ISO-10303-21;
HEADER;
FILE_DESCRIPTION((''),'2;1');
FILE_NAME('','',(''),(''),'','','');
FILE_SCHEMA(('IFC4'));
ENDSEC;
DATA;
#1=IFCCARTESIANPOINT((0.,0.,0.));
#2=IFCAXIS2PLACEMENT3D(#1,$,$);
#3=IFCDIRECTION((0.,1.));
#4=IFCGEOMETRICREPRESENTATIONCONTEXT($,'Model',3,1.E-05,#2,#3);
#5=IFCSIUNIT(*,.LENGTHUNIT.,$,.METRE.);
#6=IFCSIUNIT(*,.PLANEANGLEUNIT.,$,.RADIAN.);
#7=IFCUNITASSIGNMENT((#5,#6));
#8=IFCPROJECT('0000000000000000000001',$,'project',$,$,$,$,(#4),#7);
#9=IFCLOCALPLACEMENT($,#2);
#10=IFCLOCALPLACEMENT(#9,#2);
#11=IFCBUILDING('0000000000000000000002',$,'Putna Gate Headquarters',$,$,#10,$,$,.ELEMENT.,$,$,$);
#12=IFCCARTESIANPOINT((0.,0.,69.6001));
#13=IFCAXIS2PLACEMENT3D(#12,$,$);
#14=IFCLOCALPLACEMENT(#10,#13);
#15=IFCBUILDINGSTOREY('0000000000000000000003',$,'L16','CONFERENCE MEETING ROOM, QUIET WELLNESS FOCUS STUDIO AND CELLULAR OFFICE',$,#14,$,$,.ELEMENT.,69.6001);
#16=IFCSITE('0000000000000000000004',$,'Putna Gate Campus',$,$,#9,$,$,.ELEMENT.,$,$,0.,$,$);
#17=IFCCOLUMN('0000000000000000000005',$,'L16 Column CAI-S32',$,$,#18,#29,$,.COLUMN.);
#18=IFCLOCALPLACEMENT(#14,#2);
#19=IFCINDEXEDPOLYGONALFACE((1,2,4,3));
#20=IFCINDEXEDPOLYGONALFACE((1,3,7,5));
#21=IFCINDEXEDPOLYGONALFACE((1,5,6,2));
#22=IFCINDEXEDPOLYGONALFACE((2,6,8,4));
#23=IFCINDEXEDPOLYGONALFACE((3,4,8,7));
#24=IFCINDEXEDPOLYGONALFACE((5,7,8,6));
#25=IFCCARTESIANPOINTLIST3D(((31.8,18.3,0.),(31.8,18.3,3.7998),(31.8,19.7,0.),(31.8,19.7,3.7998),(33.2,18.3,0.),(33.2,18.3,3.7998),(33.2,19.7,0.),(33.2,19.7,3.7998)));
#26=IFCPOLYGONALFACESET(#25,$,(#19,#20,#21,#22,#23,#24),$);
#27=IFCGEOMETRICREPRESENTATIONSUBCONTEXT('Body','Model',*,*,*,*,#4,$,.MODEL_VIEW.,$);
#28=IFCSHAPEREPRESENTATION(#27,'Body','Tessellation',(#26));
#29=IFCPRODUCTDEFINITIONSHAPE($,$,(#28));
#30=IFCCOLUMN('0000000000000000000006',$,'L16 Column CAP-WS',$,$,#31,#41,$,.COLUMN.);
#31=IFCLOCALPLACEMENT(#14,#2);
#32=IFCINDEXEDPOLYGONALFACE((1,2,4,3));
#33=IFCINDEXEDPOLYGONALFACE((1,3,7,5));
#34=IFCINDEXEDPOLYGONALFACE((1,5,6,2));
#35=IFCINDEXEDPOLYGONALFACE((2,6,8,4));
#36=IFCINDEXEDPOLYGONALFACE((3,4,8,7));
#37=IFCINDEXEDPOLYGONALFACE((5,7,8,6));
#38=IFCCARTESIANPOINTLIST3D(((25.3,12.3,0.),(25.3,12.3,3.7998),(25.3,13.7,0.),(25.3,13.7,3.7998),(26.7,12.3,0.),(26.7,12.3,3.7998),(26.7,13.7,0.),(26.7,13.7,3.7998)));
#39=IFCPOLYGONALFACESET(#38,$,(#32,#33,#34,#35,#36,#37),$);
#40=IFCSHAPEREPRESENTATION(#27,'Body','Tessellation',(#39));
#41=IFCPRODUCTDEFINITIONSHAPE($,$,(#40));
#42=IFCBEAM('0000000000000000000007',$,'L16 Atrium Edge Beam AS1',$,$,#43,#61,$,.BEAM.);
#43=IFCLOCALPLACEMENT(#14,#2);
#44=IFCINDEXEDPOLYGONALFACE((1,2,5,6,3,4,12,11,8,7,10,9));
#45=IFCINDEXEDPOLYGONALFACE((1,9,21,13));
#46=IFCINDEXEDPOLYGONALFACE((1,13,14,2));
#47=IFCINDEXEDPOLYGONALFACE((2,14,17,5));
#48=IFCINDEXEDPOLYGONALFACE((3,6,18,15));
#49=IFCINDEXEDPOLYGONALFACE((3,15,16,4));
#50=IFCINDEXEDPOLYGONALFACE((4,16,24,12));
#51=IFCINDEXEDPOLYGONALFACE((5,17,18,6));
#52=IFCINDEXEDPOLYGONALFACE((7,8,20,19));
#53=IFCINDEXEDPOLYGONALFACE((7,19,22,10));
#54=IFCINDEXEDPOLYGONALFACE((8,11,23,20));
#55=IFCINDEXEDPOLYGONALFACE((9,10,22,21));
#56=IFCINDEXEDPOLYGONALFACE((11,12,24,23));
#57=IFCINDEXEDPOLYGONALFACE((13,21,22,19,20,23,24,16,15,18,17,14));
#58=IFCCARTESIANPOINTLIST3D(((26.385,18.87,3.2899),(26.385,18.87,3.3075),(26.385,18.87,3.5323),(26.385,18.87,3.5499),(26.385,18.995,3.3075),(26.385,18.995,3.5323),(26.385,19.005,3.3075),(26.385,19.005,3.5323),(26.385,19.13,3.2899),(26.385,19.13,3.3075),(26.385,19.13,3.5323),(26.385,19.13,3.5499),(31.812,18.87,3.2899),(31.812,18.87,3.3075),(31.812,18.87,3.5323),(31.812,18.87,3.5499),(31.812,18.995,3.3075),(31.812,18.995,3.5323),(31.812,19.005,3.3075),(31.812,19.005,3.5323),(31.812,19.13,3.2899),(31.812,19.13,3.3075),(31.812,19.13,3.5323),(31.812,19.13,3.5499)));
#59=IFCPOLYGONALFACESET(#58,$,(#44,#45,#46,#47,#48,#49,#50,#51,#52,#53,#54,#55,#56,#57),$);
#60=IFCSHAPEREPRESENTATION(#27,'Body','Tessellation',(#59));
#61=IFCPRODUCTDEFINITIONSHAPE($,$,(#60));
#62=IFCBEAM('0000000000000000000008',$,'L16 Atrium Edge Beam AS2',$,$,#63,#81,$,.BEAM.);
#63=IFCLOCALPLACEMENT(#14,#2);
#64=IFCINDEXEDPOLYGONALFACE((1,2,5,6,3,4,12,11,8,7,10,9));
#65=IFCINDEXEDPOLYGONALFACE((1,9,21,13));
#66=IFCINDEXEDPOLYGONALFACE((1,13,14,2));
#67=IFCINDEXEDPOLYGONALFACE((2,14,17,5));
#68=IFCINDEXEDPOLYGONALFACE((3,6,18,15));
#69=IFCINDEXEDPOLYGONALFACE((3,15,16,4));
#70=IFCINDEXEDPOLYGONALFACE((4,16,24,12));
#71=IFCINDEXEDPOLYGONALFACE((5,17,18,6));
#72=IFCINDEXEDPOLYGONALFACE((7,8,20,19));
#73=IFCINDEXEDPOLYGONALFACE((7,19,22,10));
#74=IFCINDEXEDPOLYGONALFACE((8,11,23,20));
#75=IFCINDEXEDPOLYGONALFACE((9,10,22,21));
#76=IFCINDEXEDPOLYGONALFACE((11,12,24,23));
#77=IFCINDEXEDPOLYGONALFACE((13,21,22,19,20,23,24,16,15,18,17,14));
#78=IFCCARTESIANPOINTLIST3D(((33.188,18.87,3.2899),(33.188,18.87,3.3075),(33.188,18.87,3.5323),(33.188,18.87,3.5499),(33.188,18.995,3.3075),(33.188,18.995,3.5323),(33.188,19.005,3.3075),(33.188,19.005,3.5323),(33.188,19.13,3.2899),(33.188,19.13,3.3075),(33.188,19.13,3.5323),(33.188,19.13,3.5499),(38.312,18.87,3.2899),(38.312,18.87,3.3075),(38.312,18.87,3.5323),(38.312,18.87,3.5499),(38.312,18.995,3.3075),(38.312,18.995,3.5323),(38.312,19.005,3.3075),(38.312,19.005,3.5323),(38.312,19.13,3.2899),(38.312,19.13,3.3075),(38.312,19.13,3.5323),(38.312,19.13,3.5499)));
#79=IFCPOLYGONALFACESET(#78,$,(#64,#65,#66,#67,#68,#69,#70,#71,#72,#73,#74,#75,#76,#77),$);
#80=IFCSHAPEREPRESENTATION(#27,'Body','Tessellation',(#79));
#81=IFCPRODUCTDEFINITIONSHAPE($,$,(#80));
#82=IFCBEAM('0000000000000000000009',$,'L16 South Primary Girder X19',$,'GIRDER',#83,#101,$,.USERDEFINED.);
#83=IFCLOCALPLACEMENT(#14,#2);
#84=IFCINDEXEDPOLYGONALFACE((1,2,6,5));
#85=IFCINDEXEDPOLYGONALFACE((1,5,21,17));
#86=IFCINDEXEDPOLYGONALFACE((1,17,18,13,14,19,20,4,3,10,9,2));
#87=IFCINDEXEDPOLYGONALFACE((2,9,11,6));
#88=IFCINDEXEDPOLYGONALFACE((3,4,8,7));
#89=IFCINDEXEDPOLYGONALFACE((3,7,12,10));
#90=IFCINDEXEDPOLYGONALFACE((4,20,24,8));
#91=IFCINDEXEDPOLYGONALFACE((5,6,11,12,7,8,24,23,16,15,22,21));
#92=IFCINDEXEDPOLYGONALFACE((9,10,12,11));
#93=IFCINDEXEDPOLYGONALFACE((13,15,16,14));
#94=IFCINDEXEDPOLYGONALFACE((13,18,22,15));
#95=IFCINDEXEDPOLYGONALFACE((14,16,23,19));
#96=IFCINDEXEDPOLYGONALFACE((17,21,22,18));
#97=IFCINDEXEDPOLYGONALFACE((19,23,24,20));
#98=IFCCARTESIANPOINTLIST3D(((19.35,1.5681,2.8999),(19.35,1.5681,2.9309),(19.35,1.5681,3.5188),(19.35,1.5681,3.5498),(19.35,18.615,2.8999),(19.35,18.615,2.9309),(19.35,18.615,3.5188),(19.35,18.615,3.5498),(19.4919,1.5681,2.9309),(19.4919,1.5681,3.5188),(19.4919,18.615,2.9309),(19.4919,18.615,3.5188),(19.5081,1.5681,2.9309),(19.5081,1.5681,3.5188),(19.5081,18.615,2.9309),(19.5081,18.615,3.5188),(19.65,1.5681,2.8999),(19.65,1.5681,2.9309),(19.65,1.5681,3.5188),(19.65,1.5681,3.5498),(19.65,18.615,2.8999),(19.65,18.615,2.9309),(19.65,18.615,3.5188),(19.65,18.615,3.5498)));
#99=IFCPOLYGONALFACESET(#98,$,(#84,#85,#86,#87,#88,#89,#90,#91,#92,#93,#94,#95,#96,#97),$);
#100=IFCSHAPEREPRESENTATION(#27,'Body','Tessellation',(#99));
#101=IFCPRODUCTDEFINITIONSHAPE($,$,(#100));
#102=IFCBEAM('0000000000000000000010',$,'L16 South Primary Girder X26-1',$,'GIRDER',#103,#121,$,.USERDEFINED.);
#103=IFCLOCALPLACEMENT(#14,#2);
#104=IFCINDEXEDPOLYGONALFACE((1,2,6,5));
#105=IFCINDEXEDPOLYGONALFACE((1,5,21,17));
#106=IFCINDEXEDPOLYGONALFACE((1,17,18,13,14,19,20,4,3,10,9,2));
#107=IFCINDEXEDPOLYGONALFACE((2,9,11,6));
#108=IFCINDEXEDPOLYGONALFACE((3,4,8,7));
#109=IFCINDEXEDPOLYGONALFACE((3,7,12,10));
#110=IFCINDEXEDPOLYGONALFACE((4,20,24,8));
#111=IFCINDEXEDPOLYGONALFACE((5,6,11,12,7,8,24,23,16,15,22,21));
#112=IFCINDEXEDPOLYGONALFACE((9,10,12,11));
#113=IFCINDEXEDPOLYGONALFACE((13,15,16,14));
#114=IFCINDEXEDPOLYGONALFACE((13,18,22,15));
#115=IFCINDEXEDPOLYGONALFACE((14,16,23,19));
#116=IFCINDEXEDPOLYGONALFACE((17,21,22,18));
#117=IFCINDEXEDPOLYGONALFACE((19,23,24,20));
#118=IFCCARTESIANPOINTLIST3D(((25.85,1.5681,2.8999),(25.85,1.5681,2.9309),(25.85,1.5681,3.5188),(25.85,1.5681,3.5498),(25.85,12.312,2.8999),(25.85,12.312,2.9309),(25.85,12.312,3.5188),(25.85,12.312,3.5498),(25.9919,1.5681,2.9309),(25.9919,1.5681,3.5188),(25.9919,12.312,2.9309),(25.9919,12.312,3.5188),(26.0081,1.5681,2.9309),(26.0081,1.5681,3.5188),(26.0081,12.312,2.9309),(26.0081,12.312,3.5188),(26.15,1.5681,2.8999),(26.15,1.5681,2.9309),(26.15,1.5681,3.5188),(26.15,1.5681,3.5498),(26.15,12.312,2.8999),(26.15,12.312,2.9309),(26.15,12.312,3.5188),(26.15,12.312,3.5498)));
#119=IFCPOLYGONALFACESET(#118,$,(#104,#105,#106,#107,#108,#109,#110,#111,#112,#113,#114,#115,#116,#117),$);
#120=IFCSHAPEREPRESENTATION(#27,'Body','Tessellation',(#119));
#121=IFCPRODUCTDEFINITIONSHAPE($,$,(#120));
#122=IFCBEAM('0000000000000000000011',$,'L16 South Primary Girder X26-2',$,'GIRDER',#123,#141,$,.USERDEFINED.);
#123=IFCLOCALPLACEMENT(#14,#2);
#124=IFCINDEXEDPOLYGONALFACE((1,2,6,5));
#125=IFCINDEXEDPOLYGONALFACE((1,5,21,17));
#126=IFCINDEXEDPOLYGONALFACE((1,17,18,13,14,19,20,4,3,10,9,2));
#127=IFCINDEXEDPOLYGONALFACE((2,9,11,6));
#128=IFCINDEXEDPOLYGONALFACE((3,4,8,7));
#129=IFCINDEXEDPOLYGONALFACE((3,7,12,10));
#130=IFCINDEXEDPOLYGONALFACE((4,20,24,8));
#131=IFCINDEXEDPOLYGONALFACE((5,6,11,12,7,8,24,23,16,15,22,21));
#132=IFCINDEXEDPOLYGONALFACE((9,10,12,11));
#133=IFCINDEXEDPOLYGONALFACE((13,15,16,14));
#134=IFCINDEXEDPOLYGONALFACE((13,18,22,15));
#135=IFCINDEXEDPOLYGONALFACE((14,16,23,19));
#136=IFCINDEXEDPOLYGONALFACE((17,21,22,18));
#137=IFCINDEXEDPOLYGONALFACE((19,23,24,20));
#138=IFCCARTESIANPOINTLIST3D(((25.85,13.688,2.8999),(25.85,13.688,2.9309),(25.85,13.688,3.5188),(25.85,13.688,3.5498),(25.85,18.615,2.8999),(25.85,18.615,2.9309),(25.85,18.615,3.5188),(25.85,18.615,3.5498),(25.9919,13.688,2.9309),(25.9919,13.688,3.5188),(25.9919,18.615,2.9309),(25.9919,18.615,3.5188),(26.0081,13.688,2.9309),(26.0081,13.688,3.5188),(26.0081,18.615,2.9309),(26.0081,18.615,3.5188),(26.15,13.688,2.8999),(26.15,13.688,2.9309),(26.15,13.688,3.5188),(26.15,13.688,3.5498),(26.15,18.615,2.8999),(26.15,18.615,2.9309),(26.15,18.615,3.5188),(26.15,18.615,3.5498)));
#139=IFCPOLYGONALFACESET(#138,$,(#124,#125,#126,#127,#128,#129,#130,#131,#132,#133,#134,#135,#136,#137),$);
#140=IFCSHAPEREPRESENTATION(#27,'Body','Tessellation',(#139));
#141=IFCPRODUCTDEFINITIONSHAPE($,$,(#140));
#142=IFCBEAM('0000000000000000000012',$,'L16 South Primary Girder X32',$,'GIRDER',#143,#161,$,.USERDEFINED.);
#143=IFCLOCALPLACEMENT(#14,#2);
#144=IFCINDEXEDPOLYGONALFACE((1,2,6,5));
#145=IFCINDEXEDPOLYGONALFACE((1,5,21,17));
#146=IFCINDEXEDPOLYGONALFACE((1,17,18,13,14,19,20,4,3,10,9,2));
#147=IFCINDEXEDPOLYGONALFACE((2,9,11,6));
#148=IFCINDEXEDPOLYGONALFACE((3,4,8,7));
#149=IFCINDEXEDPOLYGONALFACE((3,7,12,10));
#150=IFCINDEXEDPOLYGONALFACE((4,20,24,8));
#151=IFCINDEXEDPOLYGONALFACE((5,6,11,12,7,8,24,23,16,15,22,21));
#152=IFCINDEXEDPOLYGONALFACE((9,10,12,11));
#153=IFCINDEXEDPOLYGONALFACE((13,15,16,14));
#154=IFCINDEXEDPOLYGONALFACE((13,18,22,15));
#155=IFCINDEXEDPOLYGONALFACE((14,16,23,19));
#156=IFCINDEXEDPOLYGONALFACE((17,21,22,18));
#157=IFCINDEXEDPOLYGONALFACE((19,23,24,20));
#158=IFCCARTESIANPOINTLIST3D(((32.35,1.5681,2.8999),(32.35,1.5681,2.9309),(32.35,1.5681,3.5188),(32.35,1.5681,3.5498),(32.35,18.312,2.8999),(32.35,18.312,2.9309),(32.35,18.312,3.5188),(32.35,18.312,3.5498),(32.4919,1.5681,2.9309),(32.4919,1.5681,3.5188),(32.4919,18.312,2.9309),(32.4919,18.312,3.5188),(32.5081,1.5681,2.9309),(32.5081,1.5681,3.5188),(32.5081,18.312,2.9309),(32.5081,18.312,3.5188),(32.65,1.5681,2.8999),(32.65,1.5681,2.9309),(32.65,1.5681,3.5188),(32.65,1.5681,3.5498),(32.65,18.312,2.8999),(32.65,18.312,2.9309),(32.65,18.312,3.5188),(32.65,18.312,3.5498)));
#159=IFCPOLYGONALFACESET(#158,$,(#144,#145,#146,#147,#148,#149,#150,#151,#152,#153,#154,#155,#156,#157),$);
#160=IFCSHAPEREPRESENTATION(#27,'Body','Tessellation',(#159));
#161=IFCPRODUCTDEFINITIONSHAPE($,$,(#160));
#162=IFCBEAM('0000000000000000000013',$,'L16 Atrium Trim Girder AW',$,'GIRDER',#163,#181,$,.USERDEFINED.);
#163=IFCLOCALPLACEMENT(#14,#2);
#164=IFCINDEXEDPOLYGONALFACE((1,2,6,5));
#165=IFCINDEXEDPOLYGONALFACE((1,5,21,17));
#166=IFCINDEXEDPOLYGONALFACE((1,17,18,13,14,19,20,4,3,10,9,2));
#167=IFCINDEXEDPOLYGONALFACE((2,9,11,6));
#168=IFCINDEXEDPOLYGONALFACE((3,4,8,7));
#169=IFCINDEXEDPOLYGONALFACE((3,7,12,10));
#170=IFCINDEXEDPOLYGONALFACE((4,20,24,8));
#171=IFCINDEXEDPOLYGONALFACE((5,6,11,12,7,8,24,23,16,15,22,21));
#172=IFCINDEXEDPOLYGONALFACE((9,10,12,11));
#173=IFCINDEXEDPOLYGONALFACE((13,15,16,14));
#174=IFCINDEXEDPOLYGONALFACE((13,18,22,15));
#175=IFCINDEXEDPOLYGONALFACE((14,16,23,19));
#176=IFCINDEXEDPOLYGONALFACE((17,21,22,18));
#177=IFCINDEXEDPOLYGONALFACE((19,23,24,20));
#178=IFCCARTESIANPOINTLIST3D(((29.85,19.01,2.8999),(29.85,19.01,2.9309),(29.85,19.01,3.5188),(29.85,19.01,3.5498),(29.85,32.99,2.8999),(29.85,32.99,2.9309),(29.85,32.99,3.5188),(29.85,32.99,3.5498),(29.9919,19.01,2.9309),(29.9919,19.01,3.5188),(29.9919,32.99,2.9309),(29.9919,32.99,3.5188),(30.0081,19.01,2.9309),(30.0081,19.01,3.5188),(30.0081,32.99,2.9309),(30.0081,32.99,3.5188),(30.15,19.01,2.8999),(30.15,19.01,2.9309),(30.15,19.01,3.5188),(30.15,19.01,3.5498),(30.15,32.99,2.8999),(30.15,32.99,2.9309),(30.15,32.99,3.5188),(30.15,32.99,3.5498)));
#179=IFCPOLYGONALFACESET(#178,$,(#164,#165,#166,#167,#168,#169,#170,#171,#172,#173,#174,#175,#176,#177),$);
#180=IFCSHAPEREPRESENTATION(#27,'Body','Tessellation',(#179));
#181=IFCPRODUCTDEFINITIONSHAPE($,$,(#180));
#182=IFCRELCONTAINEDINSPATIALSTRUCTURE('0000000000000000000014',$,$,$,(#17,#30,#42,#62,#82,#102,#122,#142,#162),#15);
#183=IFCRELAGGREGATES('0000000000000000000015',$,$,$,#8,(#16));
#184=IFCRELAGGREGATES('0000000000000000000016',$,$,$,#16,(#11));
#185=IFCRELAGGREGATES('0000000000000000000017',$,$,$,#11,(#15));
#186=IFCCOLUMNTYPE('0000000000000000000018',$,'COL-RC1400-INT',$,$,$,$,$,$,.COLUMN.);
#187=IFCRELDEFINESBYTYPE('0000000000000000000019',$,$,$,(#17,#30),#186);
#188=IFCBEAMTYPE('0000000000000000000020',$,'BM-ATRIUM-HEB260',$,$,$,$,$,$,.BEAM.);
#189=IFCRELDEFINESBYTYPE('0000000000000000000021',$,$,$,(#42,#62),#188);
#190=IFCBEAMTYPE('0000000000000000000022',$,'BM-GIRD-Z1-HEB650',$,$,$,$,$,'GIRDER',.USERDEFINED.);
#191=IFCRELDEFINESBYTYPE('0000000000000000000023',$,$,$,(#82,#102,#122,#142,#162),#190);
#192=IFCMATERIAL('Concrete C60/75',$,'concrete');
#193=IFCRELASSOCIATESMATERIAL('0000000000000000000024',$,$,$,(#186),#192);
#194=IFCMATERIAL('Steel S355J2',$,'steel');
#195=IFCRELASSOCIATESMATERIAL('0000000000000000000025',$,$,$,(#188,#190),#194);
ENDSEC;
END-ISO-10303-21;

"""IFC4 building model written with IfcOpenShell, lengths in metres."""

from ifc_helpers import new_model, si_unit, direction, frame, origin, origin_2d, place, context, subcontext, project, spatial, rectangle, i_section, extrude, material, material_profile, profile_set, type_object, element, save


model = new_model("IFC4")

# Units and contexts
model_context = context("Model", 3, precision=1e-05, world=origin(), true_north=direction((0.0, 1.0)))
body_context = subcontext(model_context, "Body", "Model", "MODEL_VIEW")
ifc_project = project(units=[si_unit("LENGTHUNIT", "METRE"), si_unit("PLANEANGLEUNIT", "RADIAN")], contexts=[model_context])

# Site, building, storey
site_placement = place(None, origin())
site = spatial("IfcSite", under=ifc_project, at=site_placement, Name="Putna Gate Campus", CompositionType="ELEMENT", RefElevation=0.0)
building_placement = place(site_placement, origin())
building = spatial("IfcBuilding", under=site, at=building_placement, Name="Putna Gate Headquarters", CompositionType="ELEMENT")
storey_placement = place(building_placement, frame((0.0, 0.0, 69.6001)))
storey = spatial("IfcBuildingStorey", under=building, at=storey_placement, Name="L16", Description="CONFERENCE MEETING ROOM, QUIET WELLNESS FOCUS STUDIO AND CELLULAR OFFICE", CompositionType="ELEMENT", Elevation=69.6001)

# Columns
ifc_material_1 = material(Name="Concrete C60/75", Category="concrete")
ifc_material_profile_1 = material_profile(ifc_material_1, rectangle(XDim=1.3999, YDim=1.3999, at=origin_2d()), Name="Concrete C60/75")
ifc_profile_set_1 = profile_set([ifc_material_profile_1], Name="Concrete C60/75")
column_type = type_object("IfcColumnType", Name="COL-RC1400-INT", PredefinedType="COLUMN", material=ifc_profile_set_1)
for number, where, z_axis, x_axis, name in (
    (1, (32.5, 19.0, 0.0), (0.0, 0.0, 1.0), (1.0, 0.0, 0.0), "L16 Column CAI-S32"),
    (2, (26.0, 13.0, 0.0), (0.0, 0.0, 1.0), (1.0, 0.0, 0.0), "L16 Column CAP-WS"),
):
    element("IfcColumn", number, at=place(storey_placement, frame(where, z_axis=z_axis, x_axis=x_axis)), inside=storey, type_object=column_type, Name=name, PredefinedType="COLUMN", context=body_context, shape_type="SweptSolid", body=[
        extrude(rectangle(XDim=1.3999, YDim=1.3999, at=origin_2d()), origin(), (0.0, 0.0, 1.0), 3.7998),
    ])

# Beams
ifc_material_2 = material(Name="Steel S355J2", Category="steel")
ifc_material_profile_2 = material_profile(ifc_material_2, i_section(OverallWidth=0.26, OverallDepth=0.26, WebThickness=0.01, FlangeThickness=0.0176, at=origin_2d()), Name="Steel S355J2")
ifc_profile_set_2 = profile_set([ifc_material_profile_2], Name="Steel S355J2")
beam_type_1 = type_object("IfcBeamType", Name="BM-ATRIUM-HEB260", PredefinedType="BEAM", material=ifc_profile_set_2)
beam_1_placement = place(storey_placement, frame((26.385, 19.0, 3.4199), z_axis=(1.0, 0.0, 0.0), x_axis=(0.0, 1.0, 0.0)))
element("IfcBeam", 3, at=beam_1_placement, inside=storey, type_object=beam_type_1, Name="L16 Atrium Edge Beam AS1", PredefinedType="BEAM", context=body_context, shape_type="SweptSolid", body=[
    extrude(i_section(OverallWidth=0.26, OverallDepth=0.26, WebThickness=0.01, FlangeThickness=0.0176, at=origin_2d()), origin(), (0.0, 0.0, 1.0), 5.427),
])
beam_2_placement = place(storey_placement, frame((33.188, 19.0, 3.4199), z_axis=(1.0, 0.0, 0.0), x_axis=(0.0, 1.0, 0.0)))
element("IfcBeam", 4, at=beam_2_placement, inside=storey, type_object=beam_type_1, Name="L16 Atrium Edge Beam AS2", PredefinedType="BEAM", context=body_context, shape_type="SweptSolid", body=[
    extrude(i_section(OverallWidth=0.26, OverallDepth=0.26, WebThickness=0.01, FlangeThickness=0.0176, at=origin_2d()), origin(), (0.0, 0.0, 1.0), 5.124),
])
ifc_material_profile_3 = material_profile(ifc_material_2, i_section(OverallWidth=0.3, OverallDepth=0.6499, WebThickness=0.0161, FlangeThickness=0.031, at=origin_2d()), Name="Steel S355J2")
ifc_profile_set_3 = profile_set([ifc_material_profile_3], Name="Steel S355J2")
beam_type_2 = type_object("IfcBeamType", Name="BM-GIRD-Z1-HEB650", ElementType="GIRDER", PredefinedType="USERDEFINED", material=ifc_profile_set_3)
beam_3_placement = place(storey_placement, frame((19.5, 1.5681, 3.2249), z_axis=(0.0, 1.0, 0.0), x_axis=(-1.0, 0.0, 0.0)))
element("IfcBeam", 5, at=beam_3_placement, inside=storey, type_object=beam_type_2, Name="L16 South Primary Girder X19", ObjectType="GIRDER", PredefinedType="USERDEFINED", context=body_context, shape_type="SweptSolid", body=[
    extrude(i_section(OverallWidth=0.3, OverallDepth=0.6499, WebThickness=0.0161, FlangeThickness=0.031, at=origin_2d()), origin(), (0.0, 0.0, 1.0), 17.0469),
])
beam_4_placement = place(storey_placement, frame((26.0, 1.5681, 3.2249), z_axis=(0.0, 1.0, 0.0), x_axis=(-1.0, 0.0, 0.0)))
element("IfcBeam", 6, at=beam_4_placement, inside=storey, type_object=beam_type_2, Name="L16 South Primary Girder X26-1", ObjectType="GIRDER", PredefinedType="USERDEFINED", context=body_context, shape_type="SweptSolid", body=[
    extrude(i_section(OverallWidth=0.3, OverallDepth=0.6499, WebThickness=0.0161, FlangeThickness=0.031, at=origin_2d()), origin(), (0.0, 0.0, 1.0), 10.7439),
])
beam_5_placement = place(storey_placement, frame((26.0, 13.688, 3.2249), z_axis=(0.0, 1.0, 0.0), x_axis=(-1.0, 0.0, 0.0)))
element("IfcBeam", 7, at=beam_5_placement, inside=storey, type_object=beam_type_2, Name="L16 South Primary Girder X26-2", ObjectType="GIRDER", PredefinedType="USERDEFINED", context=body_context, shape_type="SweptSolid", body=[
    extrude(i_section(OverallWidth=0.3, OverallDepth=0.6499, WebThickness=0.0161, FlangeThickness=0.031, at=origin_2d()), origin(), (0.0, 0.0, 1.0), 4.927),
])
beam_6_placement = place(storey_placement, frame((32.5, 1.5681, 3.2249), z_axis=(0.0, 1.0, 0.0), x_axis=(-1.0, 0.0, 0.0)))
element("IfcBeam", 8, at=beam_6_placement, inside=storey, type_object=beam_type_2, Name="L16 South Primary Girder X32", ObjectType="GIRDER", PredefinedType="USERDEFINED", context=body_context, shape_type="SweptSolid", body=[
    extrude(i_section(OverallWidth=0.3, OverallDepth=0.6499, WebThickness=0.0161, FlangeThickness=0.031, at=origin_2d()), origin(), (0.0, 0.0, 1.0), 16.7439),
])
beam_7_placement = place(storey_placement, frame((30.0, 19.01, 3.2249), z_axis=(0.0, 1.0, 0.0), x_axis=(-1.0, 0.0, 0.0)))
element("IfcBeam", 9, at=beam_7_placement, inside=storey, type_object=beam_type_2, Name="L16 Atrium Trim Girder AW", ObjectType="GIRDER", PredefinedType="USERDEFINED", context=body_context, shape_type="SweptSolid", body=[
    extrude(i_section(OverallWidth=0.3, OverallDepth=0.6499, WebThickness=0.0161, FlangeThickness=0.031, at=origin_2d()), origin(), (0.0, 0.0, 1.0), 13.98),
])

save(model, "model.ifc")
